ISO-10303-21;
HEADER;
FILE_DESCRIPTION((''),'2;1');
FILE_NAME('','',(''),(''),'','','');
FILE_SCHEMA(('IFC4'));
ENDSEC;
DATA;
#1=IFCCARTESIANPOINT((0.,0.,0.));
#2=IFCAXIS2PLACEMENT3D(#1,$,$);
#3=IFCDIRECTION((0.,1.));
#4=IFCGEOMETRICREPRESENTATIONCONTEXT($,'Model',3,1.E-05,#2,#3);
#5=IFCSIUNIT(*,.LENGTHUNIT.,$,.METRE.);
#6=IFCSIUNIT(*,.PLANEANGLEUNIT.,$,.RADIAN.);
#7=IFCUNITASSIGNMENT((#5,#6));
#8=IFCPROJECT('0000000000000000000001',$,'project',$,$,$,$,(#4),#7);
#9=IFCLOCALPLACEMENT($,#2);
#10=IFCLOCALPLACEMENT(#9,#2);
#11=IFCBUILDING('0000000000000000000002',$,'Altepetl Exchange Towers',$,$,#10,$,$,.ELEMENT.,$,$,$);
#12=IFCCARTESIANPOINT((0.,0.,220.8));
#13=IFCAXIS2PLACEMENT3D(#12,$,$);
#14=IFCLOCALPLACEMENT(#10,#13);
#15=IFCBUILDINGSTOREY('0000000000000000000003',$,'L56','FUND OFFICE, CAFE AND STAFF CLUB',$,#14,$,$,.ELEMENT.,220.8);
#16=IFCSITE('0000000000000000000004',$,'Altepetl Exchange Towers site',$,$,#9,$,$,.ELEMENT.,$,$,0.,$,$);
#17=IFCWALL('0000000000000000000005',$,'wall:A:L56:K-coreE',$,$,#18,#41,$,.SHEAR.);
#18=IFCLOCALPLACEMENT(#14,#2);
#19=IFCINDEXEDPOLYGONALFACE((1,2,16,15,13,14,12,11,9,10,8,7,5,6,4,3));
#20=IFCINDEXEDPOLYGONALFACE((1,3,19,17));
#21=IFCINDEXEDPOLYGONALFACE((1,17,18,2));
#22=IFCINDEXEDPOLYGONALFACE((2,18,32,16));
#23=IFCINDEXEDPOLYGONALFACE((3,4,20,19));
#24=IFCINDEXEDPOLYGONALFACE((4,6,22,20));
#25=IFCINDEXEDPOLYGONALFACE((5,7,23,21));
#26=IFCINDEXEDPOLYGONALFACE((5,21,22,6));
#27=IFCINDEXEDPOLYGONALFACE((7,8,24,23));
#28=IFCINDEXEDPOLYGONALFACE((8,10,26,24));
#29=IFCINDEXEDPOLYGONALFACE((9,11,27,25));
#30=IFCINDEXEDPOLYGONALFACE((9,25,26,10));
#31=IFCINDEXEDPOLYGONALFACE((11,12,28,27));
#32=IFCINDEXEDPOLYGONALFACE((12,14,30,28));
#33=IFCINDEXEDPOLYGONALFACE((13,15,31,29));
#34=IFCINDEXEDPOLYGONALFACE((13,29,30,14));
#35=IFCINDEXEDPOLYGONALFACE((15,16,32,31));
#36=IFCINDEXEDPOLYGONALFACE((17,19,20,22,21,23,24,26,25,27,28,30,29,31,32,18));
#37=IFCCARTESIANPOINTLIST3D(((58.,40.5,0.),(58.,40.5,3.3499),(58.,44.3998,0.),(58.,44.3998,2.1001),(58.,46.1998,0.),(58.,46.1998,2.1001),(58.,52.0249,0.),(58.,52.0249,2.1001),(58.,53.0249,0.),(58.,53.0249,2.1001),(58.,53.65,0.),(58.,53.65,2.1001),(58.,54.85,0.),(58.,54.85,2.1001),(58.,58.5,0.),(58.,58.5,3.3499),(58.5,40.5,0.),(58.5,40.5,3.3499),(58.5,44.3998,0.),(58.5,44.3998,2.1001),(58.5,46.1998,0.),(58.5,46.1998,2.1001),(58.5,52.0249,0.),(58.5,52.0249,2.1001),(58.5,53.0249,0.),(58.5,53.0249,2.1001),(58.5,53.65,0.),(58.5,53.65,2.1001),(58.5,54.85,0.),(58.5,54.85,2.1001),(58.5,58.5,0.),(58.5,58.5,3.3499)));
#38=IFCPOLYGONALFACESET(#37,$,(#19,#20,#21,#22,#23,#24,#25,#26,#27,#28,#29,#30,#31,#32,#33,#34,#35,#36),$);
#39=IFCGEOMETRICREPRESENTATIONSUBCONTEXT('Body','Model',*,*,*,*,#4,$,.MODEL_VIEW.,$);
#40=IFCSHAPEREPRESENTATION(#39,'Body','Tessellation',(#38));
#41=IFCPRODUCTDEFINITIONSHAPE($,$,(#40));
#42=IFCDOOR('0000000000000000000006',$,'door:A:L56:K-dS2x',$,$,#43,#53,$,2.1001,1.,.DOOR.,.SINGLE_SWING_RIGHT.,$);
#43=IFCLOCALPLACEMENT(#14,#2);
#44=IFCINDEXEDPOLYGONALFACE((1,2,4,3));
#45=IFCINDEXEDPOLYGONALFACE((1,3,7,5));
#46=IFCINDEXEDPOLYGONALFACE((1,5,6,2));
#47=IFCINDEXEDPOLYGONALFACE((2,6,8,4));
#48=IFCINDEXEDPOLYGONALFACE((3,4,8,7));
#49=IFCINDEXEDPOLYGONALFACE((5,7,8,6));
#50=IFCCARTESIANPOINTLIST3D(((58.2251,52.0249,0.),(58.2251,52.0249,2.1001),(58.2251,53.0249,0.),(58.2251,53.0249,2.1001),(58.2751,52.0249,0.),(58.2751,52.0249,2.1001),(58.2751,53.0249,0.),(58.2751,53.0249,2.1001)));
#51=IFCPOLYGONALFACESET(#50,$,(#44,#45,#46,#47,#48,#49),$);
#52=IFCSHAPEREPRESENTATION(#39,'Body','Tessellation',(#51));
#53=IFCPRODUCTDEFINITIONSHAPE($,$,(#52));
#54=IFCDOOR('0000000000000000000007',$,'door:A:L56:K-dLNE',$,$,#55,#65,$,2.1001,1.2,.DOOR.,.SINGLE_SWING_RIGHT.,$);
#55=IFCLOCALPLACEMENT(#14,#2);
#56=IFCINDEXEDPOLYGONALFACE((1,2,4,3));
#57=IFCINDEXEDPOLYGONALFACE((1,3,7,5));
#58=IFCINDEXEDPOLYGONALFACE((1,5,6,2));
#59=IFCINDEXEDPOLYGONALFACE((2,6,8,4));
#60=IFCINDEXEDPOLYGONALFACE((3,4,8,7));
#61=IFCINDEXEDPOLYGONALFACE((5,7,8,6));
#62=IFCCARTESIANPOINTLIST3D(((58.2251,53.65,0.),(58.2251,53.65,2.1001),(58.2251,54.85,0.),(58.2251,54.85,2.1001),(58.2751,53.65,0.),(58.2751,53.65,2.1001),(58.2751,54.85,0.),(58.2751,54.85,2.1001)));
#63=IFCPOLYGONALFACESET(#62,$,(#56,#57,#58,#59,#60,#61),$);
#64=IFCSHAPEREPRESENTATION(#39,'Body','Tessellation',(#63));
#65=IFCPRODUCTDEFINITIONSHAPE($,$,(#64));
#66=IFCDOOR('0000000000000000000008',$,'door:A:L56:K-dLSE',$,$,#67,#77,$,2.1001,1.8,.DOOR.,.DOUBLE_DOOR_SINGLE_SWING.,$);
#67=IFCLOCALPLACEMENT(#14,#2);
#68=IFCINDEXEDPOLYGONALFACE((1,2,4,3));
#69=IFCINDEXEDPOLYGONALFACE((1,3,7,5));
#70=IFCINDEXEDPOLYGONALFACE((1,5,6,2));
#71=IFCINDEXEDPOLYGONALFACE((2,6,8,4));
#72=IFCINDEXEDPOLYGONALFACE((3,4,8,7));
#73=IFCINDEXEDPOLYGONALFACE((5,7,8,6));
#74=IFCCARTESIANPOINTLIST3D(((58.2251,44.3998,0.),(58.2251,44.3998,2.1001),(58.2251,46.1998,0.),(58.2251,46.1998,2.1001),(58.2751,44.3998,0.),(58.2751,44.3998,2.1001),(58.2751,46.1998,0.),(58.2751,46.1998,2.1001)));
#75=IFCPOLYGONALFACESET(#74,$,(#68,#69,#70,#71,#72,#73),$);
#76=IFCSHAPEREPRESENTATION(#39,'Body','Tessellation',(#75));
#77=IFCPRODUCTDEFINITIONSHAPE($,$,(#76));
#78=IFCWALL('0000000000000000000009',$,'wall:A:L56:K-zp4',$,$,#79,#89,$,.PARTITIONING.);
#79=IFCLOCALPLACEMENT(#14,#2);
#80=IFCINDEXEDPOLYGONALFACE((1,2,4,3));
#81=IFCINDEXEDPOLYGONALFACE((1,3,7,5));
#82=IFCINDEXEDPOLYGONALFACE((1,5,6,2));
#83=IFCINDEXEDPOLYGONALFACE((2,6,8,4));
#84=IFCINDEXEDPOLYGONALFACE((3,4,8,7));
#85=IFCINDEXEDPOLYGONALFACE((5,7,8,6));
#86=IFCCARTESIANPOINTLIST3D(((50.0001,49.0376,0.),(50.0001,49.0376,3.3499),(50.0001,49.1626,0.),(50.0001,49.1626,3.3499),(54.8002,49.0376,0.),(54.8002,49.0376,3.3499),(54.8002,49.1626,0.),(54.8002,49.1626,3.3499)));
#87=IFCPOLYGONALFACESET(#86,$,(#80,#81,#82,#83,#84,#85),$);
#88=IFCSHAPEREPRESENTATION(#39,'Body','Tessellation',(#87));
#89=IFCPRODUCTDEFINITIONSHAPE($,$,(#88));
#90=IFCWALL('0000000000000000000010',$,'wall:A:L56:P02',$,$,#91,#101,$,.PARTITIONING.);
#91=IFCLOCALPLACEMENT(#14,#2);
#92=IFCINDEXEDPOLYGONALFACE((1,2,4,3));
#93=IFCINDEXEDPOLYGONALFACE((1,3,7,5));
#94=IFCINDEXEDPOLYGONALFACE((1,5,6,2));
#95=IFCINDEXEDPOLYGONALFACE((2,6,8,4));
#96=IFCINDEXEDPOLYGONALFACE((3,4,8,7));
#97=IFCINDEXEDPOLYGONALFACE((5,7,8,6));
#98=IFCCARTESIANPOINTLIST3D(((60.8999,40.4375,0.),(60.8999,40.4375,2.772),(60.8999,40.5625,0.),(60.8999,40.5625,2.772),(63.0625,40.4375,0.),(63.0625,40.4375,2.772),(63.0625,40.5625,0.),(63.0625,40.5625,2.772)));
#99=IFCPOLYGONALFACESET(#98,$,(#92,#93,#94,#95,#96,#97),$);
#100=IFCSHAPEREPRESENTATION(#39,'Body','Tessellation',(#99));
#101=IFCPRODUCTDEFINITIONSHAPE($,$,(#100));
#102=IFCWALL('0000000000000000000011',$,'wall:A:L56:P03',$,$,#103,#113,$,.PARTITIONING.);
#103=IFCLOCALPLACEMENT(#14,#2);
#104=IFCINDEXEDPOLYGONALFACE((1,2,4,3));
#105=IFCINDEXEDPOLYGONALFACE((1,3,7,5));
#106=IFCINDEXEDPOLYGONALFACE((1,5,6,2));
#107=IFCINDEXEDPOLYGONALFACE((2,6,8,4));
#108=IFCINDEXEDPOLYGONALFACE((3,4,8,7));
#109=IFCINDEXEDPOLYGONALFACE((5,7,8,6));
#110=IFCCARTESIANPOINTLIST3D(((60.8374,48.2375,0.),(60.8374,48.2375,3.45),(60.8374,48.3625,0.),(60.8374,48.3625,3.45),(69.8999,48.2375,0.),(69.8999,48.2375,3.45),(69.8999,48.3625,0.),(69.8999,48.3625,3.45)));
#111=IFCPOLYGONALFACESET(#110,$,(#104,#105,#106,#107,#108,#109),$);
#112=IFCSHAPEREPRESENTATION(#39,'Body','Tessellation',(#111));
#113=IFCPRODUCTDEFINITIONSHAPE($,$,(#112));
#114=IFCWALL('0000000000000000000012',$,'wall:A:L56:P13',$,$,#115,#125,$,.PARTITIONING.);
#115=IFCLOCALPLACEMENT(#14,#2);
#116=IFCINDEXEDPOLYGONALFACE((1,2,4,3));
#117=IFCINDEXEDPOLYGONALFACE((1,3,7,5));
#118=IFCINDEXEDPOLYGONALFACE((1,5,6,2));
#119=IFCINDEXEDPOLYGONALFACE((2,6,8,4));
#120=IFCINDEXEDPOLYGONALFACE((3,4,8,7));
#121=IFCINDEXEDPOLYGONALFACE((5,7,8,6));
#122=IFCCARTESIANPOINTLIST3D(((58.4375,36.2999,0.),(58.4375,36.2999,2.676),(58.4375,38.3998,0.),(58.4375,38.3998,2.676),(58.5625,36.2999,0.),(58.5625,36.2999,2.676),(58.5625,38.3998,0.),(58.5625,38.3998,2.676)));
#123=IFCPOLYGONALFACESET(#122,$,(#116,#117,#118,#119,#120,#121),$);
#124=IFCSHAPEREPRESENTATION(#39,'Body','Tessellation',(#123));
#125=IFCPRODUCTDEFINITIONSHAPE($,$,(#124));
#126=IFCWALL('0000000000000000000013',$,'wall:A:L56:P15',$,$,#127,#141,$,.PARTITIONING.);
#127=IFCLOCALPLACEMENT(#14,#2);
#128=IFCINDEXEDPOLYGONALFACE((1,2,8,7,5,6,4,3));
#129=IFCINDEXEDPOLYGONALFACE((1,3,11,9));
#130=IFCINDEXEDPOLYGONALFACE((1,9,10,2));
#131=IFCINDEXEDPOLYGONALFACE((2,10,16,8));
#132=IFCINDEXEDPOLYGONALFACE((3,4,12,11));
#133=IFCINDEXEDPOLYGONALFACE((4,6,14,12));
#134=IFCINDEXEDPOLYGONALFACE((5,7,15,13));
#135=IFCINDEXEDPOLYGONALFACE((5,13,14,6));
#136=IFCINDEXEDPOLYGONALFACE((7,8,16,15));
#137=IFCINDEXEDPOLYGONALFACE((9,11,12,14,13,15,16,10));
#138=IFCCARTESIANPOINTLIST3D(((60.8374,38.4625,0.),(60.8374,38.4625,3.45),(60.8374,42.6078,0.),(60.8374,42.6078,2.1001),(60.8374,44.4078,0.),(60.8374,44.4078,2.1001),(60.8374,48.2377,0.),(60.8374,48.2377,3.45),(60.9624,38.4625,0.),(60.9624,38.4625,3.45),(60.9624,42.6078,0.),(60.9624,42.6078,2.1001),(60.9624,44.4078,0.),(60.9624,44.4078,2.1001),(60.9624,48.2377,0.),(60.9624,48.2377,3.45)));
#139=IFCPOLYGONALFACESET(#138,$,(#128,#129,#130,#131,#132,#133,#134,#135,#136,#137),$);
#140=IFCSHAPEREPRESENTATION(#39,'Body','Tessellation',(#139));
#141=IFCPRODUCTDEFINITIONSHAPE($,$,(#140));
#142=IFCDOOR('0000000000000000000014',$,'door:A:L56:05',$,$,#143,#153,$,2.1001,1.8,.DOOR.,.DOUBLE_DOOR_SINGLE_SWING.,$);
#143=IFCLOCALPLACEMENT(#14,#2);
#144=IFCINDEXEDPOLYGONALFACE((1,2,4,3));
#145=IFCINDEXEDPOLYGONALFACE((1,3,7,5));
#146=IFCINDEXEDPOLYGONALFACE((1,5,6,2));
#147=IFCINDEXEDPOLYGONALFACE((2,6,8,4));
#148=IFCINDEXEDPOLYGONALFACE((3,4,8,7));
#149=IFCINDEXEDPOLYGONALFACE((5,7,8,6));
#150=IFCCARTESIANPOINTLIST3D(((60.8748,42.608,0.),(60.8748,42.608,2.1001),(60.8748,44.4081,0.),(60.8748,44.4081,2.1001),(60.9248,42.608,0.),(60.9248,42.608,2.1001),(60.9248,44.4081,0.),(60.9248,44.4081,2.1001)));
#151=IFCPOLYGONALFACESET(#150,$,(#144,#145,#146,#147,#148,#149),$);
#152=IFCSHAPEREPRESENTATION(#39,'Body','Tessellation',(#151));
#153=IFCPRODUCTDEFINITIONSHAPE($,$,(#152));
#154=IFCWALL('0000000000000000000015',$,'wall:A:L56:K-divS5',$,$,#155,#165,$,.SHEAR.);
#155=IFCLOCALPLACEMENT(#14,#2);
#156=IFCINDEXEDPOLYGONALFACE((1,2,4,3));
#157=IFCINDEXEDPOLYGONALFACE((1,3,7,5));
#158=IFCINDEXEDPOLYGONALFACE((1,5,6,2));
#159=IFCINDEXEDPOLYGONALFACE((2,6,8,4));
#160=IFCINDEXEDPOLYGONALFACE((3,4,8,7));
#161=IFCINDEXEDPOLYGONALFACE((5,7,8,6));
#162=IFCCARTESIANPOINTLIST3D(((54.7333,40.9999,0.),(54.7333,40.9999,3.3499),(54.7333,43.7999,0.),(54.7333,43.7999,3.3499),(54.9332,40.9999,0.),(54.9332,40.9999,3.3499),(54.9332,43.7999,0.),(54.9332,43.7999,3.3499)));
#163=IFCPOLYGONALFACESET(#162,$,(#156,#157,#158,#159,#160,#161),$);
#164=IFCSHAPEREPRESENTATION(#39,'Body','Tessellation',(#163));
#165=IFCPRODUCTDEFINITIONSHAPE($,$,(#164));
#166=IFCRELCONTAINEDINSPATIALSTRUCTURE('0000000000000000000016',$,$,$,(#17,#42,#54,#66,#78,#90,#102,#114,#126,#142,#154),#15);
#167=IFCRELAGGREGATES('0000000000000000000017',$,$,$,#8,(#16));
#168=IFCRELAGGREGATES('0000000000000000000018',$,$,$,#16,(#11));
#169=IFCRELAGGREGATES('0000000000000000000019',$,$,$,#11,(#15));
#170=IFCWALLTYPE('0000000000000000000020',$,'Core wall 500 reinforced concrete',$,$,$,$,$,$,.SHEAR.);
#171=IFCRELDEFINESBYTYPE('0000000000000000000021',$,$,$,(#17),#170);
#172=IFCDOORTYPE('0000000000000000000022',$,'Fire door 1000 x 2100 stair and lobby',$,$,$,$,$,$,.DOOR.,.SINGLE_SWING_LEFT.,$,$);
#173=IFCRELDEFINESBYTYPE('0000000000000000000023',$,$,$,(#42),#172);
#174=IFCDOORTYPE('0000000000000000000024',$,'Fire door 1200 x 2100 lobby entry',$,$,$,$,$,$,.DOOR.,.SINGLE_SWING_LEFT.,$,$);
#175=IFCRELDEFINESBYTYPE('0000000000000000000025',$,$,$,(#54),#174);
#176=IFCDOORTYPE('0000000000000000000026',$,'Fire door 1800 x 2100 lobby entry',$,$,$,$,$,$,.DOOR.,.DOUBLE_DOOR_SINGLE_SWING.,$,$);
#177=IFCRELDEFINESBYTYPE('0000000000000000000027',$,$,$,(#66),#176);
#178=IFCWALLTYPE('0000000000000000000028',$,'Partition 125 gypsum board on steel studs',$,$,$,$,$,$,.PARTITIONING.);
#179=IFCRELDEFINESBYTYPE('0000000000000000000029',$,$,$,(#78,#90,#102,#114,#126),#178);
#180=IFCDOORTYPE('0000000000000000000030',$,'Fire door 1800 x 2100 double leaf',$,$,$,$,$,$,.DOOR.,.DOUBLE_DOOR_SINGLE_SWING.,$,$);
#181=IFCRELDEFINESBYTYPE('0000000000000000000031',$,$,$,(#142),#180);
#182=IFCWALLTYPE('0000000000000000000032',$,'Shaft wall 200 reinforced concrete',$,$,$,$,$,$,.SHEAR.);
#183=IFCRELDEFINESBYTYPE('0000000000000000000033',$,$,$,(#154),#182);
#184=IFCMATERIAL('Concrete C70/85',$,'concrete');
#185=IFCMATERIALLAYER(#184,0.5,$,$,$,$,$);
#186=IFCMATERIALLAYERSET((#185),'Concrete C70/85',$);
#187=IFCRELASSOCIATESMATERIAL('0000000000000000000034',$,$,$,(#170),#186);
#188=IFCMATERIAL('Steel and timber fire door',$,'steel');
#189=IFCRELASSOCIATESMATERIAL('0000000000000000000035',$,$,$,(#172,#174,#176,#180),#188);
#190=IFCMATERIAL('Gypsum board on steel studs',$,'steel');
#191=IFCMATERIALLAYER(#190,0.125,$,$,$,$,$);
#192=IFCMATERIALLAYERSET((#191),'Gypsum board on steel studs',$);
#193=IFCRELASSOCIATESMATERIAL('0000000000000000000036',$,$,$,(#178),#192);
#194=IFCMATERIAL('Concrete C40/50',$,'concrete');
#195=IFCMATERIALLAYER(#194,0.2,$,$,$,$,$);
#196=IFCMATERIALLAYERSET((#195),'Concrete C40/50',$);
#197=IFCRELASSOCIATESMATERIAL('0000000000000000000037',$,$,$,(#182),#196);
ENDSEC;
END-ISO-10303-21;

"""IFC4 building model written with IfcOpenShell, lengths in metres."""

from ifc_helpers import new_model, si_unit, direction, frame, frame_2d, origin, place, context, subcontext, project, spatial, rectangle, extrude, material, layer, layer_set, type_object, element, fill, save


model = new_model("IFC4")

# Units and contexts
model_context = context("Model", 3, precision=1e-05, world=origin(), true_north=direction((0.0, 1.0)))
body_context = subcontext(model_context, "Body", "Model", "MODEL_VIEW")
ifc_project = project(units=[si_unit("LENGTHUNIT", "METRE"), si_unit("PLANEANGLEUNIT", "RADIAN")], contexts=[model_context])

# Site, building, storey
site_placement = place(None, origin())
site = spatial("IfcSite", under=ifc_project, at=site_placement, Name="Altepetl Exchange Towers site", CompositionType="ELEMENT", RefElevation=0.0)
building_placement = place(site_placement, origin())
building = spatial("IfcBuilding", under=site, at=building_placement, Name="Altepetl Exchange Towers", CompositionType="ELEMENT")
storey_placement = place(building_placement, frame((0.0, 0.0, 220.8)))
storey = spatial("IfcBuildingStorey", under=building, at=storey_placement, Name="L56", Description="FUND OFFICE, CAFE AND STAFF CLUB", CompositionType="ELEMENT", Elevation=220.8)

# Shared definitions
ifc_material_1 = material(Name="Concrete C70/85", Category="concrete")

# Wall, openings, doors
ifc_layer_1 = layer(ifc_material_1, 0.5)
ifc_layer_set_1 = layer_set([ifc_layer_1], Name="Concrete C70/85")
wall_type_1 = type_object("IfcWallType", Name="Core wall 500 reinforced concrete", PredefinedType="SHEAR", material=ifc_layer_set_1)
wall_1_placement = place(storey_placement, frame((58.25, 40.5, 0.0), z_axis=(0.0, 0.0, 1.0), x_axis=(0.0, 1.0, 0.0)))
wall_1 = element("IfcWall", 1, at=wall_1_placement, inside=storey, type_object=wall_type_1, Name="wall:A:L56:K-coreE", PredefinedType="SHEAR", context=body_context, shape_type="SweptSolid", body=[
    extrude(rectangle(XDim=18.0, YDim=0.5, at=frame_2d((9.0, 0.0))), origin(), (0.0, 0.0, 1.0), 3.3499),
])
opening_1_placement = place(wall_1_placement, frame((13.1499, 0.0, 0.0)))
opening_1 = element("IfcOpeningElement", 2, at=opening_1_placement, cuts=wall_1, PredefinedType="OPENING", context=body_context, shape_type="SweptSolid", body=[
    extrude(rectangle(XDim=1.2, YDim=2.1001, at=frame_2d((0.6001, 1.05))), frame((0.0, 0.26, 0.0), z_axis=(0.0, -1.0, 0.0), x_axis=(1.0, 0.0, 0.0)), (0.0, 0.0, 1.0), 0.52),
])
opening_2_placement = place(wall_1_placement, frame((3.8999, 0.0, 0.0)))
opening_2 = element("IfcOpeningElement", 3, at=opening_2_placement, cuts=wall_1, PredefinedType="OPENING", context=body_context, shape_type="SweptSolid", body=[
    extrude(rectangle(XDim=1.8, YDim=2.1001, at=frame_2d((0.8999, 1.05))), frame((0.0, 0.26, 0.0), z_axis=(0.0, -1.0, 0.0), x_axis=(1.0, 0.0, 0.0)), (0.0, 0.0, 1.0), 0.52),
])
opening_3_placement = place(wall_1_placement, frame((11.5249, 0.0, 0.0)))
opening_3 = element("IfcOpeningElement", 4, at=opening_3_placement, cuts=wall_1, PredefinedType="OPENING", context=body_context, shape_type="SweptSolid", body=[
    extrude(rectangle(XDim=1.0, YDim=2.1001, at=frame_2d((0.5, 1.05))), frame((0.0, 0.26, 0.0), z_axis=(0.0, -1.0, 0.0), x_axis=(1.0, 0.0, 0.0)), (0.0, 0.0, 1.0), 0.52),
])
ifc_material_2 = material(Name="Steel and timber fire door", Category="steel")
door_type_1 = type_object("IfcDoorType", Name="Fire door 1000 x 2100 stair and lobby", OperationType="SINGLE_SWING_LEFT", PredefinedType="DOOR", material=ifc_material_2)
door_1_placement = place(opening_3_placement, origin())
door_1 = element("IfcDoor", 5, at=door_1_placement, inside=storey, type_object=door_type_1, Name="door:A:L56:K-dS2x", OperationType="SINGLE_SWING_RIGHT", OverallHeight=2.1001, OverallWidth=1.0, PredefinedType="DOOR", context=body_context, shape_type="SweptSolid", body=[
    extrude(rectangle(XDim=1.0, YDim=2.1001, at=frame_2d((0.5, 1.05))), frame((0.0, 0.0249, 0.0), z_axis=(0.0, -1.0, 0.0), x_axis=(1.0, 0.0, 0.0)), (0.0, 0.0, 1.0), 0.05),
])
fill(opening_3, door_1)
door_type_2 = type_object("IfcDoorType", Name="Fire door 1200 x 2100 lobby entry", OperationType="SINGLE_SWING_LEFT", PredefinedType="DOOR", material=ifc_material_2)
door_2_placement = place(opening_1_placement, origin())
door_2 = element("IfcDoor", 6, at=door_2_placement, inside=storey, type_object=door_type_2, Name="door:A:L56:K-dLNE", OperationType="SINGLE_SWING_RIGHT", OverallHeight=2.1001, OverallWidth=1.2, PredefinedType="DOOR", context=body_context, shape_type="SweptSolid", body=[
    extrude(rectangle(XDim=1.2, YDim=2.1001, at=frame_2d((0.6001, 1.05))), frame((0.0, 0.0249, 0.0), z_axis=(0.0, -1.0, 0.0), x_axis=(1.0, 0.0, 0.0)), (0.0, 0.0, 1.0), 0.05),
])
fill(opening_1, door_2)
door_type_3 = type_object("IfcDoorType", Name="Fire door 1800 x 2100 lobby entry", OperationType="DOUBLE_DOOR_SINGLE_SWING", PredefinedType="DOOR", material=ifc_material_2)
door_3_placement = place(opening_2_placement, origin())
door_3 = element("IfcDoor", 7, at=door_3_placement, inside=storey, type_object=door_type_3, Name="door:A:L56:K-dLSE", OperationType="DOUBLE_DOOR_SINGLE_SWING", OverallHeight=2.1001, OverallWidth=1.8, PredefinedType="DOOR", context=body_context, shape_type="SweptSolid", body=[
    extrude(rectangle(XDim=1.8, YDim=2.1001, at=frame_2d((0.8999, 1.05))), frame((0.0, 0.0249, 0.0), z_axis=(0.0, -1.0, 0.0), x_axis=(1.0, 0.0, 0.0)), (0.0, 0.0, 1.0), 0.05),
])
fill(opening_2, door_3)

# Walls
ifc_material_3 = material(Name="Gypsum board on steel studs", Category="steel")
ifc_layer_2 = layer(ifc_material_3, 0.125)
ifc_layer_set_2 = layer_set([ifc_layer_2], Name="Gypsum board on steel studs")
wall_type_2 = type_object("IfcWallType", Name="Partition 125 gypsum board on steel studs", PredefinedType="PARTITIONING", material=ifc_layer_set_2)
wall_2_placement = place(storey_placement, frame((54.8, 49.1001, 0.0), z_axis=(0.0, 0.0, 1.0), x_axis=(-1.0, 0.0, 0.0)))
element("IfcWall", 8, at=wall_2_placement, inside=storey, type_object=wall_type_2, Name="wall:A:L56:K-zp4", PredefinedType="PARTITIONING", context=body_context, shape_type="SweptSolid", body=[
    extrude(rectangle(XDim=4.8, YDim=0.125, at=frame_2d((2.3999, 0.0))), origin(), (0.0, 0.0, 1.0), 3.3499),
])
wall_3_placement = place(storey_placement, frame((60.8999, 40.5, 0.0)))
element("IfcWall", 9, at=wall_3_placement, inside=storey, type_object=wall_type_2, Name="wall:A:L56:P02", PredefinedType="PARTITIONING", context=body_context, shape_type="SweptSolid", body=[
    extrude(rectangle(XDim=2.1626, YDim=0.125, at=frame_2d((1.0813, 0.0))), origin(), (0.0, 0.0, 1.0), 2.772),
])
wall_4_placement = place(storey_placement, frame((60.8374, 48.3, 0.0)))
element("IfcWall", 10, at=wall_4_placement, inside=storey, type_object=wall_type_2, Name="wall:A:L56:P03", PredefinedType="PARTITIONING", context=body_context, shape_type="SweptSolid", body=[
    extrude(rectangle(XDim=9.0625, YDim=0.125, at=frame_2d((4.5312, 0.0))), origin(), (0.0, 0.0, 1.0), 3.45),
])
wall_5_placement = place(storey_placement, frame((58.5, 36.3, 0.0), z_axis=(0.0, 0.0, 1.0), x_axis=(0.0, 1.0, 0.0)))
element("IfcWall", 11, at=wall_5_placement, inside=storey, type_object=wall_type_2, Name="wall:A:L56:P13", PredefinedType="PARTITIONING", context=body_context, shape_type="SweptSolid", body=[
    extrude(rectangle(XDim=2.0999, YDim=0.125, at=frame_2d((1.0498, 0.0))), origin(), (0.0, 0.0, 1.0), 2.676),
])

# Wall, opening, door
wall_6_placement = place(storey_placement, frame((60.8999, 38.4624, 0.0), z_axis=(0.0, 0.0, 1.0), x_axis=(0.0, 1.0, 0.0)))
wall_6 = element("IfcWall", 12, at=wall_6_placement, inside=storey, type_object=wall_type_2, Name="wall:A:L56:P15", PredefinedType="PARTITIONING", context=body_context, shape_type="SweptSolid", body=[
    extrude(rectangle(XDim=9.7751, YDim=0.125, at=frame_2d((4.8877, 0.0))), origin(), (0.0, 0.0, 1.0), 3.45),
])
opening_4_placement = place(wall_6_placement, frame((4.1455, 0.0, 0.0)))
opening_4 = element("IfcOpeningElement", 13, at=opening_4_placement, cuts=wall_6, PredefinedType="OPENING", context=body_context, shape_type="SweptSolid", body=[
    extrude(rectangle(XDim=1.8, YDim=2.1001, at=frame_2d((0.8999, 1.05))), frame((0.0, 0.0725, 0.0), z_axis=(0.0, -1.0, 0.0), x_axis=(1.0, 0.0, 0.0)), (0.0, 0.0, 1.0), 0.145),
])
door_type_4 = type_object("IfcDoorType", Name="Fire door 1800 x 2100 double leaf", OperationType="DOUBLE_DOOR_SINGLE_SWING", PredefinedType="DOOR", material=ifc_material_2)
door_4_placement = place(opening_4_placement, frame((1.8, 0.0, 0.0), x_axis=(-1.0, 0.0, 0.0)))
door_4 = element("IfcDoor", 14, at=door_4_placement, inside=storey, type_object=door_type_4, Name="door:A:L56:05", OperationType="DOUBLE_DOOR_SINGLE_SWING", OverallHeight=2.1001, OverallWidth=1.8, PredefinedType="DOOR", context=body_context, shape_type="SweptSolid", body=[
    extrude(rectangle(XDim=1.8, YDim=2.1001, at=frame_2d((0.8999, 1.05))), frame((0.0, 0.0249, 0.0), z_axis=(0.0, -1.0, 0.0), x_axis=(1.0, 0.0, 0.0)), (0.0, 0.0, 1.0), 0.05),
])
fill(opening_4, door_4)

# Wall
ifc_material_4 = material(Name="Concrete C40/50", Category="concrete")
ifc_layer_3 = layer(ifc_material_4, 0.2)
ifc_layer_set_3 = layer_set([ifc_layer_3], Name="Concrete C40/50")
wall_type_3 = type_object("IfcWallType", Name="Shaft wall 200 reinforced concrete", PredefinedType="SHEAR", material=ifc_layer_set_3)
wall_7_placement = place(storey_placement, frame((54.8333, 41.0, 0.0), z_axis=(0.0, 0.0, 1.0), x_axis=(0.0, 1.0, 0.0)))
element("IfcWall", 15, at=wall_7_placement, inside=storey, type_object=wall_type_3, Name="wall:A:L56:K-divS5", PredefinedType="SHEAR", context=body_context, shape_type="SweptSolid", body=[
    extrude(rectangle(XDim=2.8, YDim=0.2, at=frame_2d((1.3999, 0.0))), origin(), (0.0, 0.0, 1.0), 3.3499),
])

save(model, "model.ifc")
